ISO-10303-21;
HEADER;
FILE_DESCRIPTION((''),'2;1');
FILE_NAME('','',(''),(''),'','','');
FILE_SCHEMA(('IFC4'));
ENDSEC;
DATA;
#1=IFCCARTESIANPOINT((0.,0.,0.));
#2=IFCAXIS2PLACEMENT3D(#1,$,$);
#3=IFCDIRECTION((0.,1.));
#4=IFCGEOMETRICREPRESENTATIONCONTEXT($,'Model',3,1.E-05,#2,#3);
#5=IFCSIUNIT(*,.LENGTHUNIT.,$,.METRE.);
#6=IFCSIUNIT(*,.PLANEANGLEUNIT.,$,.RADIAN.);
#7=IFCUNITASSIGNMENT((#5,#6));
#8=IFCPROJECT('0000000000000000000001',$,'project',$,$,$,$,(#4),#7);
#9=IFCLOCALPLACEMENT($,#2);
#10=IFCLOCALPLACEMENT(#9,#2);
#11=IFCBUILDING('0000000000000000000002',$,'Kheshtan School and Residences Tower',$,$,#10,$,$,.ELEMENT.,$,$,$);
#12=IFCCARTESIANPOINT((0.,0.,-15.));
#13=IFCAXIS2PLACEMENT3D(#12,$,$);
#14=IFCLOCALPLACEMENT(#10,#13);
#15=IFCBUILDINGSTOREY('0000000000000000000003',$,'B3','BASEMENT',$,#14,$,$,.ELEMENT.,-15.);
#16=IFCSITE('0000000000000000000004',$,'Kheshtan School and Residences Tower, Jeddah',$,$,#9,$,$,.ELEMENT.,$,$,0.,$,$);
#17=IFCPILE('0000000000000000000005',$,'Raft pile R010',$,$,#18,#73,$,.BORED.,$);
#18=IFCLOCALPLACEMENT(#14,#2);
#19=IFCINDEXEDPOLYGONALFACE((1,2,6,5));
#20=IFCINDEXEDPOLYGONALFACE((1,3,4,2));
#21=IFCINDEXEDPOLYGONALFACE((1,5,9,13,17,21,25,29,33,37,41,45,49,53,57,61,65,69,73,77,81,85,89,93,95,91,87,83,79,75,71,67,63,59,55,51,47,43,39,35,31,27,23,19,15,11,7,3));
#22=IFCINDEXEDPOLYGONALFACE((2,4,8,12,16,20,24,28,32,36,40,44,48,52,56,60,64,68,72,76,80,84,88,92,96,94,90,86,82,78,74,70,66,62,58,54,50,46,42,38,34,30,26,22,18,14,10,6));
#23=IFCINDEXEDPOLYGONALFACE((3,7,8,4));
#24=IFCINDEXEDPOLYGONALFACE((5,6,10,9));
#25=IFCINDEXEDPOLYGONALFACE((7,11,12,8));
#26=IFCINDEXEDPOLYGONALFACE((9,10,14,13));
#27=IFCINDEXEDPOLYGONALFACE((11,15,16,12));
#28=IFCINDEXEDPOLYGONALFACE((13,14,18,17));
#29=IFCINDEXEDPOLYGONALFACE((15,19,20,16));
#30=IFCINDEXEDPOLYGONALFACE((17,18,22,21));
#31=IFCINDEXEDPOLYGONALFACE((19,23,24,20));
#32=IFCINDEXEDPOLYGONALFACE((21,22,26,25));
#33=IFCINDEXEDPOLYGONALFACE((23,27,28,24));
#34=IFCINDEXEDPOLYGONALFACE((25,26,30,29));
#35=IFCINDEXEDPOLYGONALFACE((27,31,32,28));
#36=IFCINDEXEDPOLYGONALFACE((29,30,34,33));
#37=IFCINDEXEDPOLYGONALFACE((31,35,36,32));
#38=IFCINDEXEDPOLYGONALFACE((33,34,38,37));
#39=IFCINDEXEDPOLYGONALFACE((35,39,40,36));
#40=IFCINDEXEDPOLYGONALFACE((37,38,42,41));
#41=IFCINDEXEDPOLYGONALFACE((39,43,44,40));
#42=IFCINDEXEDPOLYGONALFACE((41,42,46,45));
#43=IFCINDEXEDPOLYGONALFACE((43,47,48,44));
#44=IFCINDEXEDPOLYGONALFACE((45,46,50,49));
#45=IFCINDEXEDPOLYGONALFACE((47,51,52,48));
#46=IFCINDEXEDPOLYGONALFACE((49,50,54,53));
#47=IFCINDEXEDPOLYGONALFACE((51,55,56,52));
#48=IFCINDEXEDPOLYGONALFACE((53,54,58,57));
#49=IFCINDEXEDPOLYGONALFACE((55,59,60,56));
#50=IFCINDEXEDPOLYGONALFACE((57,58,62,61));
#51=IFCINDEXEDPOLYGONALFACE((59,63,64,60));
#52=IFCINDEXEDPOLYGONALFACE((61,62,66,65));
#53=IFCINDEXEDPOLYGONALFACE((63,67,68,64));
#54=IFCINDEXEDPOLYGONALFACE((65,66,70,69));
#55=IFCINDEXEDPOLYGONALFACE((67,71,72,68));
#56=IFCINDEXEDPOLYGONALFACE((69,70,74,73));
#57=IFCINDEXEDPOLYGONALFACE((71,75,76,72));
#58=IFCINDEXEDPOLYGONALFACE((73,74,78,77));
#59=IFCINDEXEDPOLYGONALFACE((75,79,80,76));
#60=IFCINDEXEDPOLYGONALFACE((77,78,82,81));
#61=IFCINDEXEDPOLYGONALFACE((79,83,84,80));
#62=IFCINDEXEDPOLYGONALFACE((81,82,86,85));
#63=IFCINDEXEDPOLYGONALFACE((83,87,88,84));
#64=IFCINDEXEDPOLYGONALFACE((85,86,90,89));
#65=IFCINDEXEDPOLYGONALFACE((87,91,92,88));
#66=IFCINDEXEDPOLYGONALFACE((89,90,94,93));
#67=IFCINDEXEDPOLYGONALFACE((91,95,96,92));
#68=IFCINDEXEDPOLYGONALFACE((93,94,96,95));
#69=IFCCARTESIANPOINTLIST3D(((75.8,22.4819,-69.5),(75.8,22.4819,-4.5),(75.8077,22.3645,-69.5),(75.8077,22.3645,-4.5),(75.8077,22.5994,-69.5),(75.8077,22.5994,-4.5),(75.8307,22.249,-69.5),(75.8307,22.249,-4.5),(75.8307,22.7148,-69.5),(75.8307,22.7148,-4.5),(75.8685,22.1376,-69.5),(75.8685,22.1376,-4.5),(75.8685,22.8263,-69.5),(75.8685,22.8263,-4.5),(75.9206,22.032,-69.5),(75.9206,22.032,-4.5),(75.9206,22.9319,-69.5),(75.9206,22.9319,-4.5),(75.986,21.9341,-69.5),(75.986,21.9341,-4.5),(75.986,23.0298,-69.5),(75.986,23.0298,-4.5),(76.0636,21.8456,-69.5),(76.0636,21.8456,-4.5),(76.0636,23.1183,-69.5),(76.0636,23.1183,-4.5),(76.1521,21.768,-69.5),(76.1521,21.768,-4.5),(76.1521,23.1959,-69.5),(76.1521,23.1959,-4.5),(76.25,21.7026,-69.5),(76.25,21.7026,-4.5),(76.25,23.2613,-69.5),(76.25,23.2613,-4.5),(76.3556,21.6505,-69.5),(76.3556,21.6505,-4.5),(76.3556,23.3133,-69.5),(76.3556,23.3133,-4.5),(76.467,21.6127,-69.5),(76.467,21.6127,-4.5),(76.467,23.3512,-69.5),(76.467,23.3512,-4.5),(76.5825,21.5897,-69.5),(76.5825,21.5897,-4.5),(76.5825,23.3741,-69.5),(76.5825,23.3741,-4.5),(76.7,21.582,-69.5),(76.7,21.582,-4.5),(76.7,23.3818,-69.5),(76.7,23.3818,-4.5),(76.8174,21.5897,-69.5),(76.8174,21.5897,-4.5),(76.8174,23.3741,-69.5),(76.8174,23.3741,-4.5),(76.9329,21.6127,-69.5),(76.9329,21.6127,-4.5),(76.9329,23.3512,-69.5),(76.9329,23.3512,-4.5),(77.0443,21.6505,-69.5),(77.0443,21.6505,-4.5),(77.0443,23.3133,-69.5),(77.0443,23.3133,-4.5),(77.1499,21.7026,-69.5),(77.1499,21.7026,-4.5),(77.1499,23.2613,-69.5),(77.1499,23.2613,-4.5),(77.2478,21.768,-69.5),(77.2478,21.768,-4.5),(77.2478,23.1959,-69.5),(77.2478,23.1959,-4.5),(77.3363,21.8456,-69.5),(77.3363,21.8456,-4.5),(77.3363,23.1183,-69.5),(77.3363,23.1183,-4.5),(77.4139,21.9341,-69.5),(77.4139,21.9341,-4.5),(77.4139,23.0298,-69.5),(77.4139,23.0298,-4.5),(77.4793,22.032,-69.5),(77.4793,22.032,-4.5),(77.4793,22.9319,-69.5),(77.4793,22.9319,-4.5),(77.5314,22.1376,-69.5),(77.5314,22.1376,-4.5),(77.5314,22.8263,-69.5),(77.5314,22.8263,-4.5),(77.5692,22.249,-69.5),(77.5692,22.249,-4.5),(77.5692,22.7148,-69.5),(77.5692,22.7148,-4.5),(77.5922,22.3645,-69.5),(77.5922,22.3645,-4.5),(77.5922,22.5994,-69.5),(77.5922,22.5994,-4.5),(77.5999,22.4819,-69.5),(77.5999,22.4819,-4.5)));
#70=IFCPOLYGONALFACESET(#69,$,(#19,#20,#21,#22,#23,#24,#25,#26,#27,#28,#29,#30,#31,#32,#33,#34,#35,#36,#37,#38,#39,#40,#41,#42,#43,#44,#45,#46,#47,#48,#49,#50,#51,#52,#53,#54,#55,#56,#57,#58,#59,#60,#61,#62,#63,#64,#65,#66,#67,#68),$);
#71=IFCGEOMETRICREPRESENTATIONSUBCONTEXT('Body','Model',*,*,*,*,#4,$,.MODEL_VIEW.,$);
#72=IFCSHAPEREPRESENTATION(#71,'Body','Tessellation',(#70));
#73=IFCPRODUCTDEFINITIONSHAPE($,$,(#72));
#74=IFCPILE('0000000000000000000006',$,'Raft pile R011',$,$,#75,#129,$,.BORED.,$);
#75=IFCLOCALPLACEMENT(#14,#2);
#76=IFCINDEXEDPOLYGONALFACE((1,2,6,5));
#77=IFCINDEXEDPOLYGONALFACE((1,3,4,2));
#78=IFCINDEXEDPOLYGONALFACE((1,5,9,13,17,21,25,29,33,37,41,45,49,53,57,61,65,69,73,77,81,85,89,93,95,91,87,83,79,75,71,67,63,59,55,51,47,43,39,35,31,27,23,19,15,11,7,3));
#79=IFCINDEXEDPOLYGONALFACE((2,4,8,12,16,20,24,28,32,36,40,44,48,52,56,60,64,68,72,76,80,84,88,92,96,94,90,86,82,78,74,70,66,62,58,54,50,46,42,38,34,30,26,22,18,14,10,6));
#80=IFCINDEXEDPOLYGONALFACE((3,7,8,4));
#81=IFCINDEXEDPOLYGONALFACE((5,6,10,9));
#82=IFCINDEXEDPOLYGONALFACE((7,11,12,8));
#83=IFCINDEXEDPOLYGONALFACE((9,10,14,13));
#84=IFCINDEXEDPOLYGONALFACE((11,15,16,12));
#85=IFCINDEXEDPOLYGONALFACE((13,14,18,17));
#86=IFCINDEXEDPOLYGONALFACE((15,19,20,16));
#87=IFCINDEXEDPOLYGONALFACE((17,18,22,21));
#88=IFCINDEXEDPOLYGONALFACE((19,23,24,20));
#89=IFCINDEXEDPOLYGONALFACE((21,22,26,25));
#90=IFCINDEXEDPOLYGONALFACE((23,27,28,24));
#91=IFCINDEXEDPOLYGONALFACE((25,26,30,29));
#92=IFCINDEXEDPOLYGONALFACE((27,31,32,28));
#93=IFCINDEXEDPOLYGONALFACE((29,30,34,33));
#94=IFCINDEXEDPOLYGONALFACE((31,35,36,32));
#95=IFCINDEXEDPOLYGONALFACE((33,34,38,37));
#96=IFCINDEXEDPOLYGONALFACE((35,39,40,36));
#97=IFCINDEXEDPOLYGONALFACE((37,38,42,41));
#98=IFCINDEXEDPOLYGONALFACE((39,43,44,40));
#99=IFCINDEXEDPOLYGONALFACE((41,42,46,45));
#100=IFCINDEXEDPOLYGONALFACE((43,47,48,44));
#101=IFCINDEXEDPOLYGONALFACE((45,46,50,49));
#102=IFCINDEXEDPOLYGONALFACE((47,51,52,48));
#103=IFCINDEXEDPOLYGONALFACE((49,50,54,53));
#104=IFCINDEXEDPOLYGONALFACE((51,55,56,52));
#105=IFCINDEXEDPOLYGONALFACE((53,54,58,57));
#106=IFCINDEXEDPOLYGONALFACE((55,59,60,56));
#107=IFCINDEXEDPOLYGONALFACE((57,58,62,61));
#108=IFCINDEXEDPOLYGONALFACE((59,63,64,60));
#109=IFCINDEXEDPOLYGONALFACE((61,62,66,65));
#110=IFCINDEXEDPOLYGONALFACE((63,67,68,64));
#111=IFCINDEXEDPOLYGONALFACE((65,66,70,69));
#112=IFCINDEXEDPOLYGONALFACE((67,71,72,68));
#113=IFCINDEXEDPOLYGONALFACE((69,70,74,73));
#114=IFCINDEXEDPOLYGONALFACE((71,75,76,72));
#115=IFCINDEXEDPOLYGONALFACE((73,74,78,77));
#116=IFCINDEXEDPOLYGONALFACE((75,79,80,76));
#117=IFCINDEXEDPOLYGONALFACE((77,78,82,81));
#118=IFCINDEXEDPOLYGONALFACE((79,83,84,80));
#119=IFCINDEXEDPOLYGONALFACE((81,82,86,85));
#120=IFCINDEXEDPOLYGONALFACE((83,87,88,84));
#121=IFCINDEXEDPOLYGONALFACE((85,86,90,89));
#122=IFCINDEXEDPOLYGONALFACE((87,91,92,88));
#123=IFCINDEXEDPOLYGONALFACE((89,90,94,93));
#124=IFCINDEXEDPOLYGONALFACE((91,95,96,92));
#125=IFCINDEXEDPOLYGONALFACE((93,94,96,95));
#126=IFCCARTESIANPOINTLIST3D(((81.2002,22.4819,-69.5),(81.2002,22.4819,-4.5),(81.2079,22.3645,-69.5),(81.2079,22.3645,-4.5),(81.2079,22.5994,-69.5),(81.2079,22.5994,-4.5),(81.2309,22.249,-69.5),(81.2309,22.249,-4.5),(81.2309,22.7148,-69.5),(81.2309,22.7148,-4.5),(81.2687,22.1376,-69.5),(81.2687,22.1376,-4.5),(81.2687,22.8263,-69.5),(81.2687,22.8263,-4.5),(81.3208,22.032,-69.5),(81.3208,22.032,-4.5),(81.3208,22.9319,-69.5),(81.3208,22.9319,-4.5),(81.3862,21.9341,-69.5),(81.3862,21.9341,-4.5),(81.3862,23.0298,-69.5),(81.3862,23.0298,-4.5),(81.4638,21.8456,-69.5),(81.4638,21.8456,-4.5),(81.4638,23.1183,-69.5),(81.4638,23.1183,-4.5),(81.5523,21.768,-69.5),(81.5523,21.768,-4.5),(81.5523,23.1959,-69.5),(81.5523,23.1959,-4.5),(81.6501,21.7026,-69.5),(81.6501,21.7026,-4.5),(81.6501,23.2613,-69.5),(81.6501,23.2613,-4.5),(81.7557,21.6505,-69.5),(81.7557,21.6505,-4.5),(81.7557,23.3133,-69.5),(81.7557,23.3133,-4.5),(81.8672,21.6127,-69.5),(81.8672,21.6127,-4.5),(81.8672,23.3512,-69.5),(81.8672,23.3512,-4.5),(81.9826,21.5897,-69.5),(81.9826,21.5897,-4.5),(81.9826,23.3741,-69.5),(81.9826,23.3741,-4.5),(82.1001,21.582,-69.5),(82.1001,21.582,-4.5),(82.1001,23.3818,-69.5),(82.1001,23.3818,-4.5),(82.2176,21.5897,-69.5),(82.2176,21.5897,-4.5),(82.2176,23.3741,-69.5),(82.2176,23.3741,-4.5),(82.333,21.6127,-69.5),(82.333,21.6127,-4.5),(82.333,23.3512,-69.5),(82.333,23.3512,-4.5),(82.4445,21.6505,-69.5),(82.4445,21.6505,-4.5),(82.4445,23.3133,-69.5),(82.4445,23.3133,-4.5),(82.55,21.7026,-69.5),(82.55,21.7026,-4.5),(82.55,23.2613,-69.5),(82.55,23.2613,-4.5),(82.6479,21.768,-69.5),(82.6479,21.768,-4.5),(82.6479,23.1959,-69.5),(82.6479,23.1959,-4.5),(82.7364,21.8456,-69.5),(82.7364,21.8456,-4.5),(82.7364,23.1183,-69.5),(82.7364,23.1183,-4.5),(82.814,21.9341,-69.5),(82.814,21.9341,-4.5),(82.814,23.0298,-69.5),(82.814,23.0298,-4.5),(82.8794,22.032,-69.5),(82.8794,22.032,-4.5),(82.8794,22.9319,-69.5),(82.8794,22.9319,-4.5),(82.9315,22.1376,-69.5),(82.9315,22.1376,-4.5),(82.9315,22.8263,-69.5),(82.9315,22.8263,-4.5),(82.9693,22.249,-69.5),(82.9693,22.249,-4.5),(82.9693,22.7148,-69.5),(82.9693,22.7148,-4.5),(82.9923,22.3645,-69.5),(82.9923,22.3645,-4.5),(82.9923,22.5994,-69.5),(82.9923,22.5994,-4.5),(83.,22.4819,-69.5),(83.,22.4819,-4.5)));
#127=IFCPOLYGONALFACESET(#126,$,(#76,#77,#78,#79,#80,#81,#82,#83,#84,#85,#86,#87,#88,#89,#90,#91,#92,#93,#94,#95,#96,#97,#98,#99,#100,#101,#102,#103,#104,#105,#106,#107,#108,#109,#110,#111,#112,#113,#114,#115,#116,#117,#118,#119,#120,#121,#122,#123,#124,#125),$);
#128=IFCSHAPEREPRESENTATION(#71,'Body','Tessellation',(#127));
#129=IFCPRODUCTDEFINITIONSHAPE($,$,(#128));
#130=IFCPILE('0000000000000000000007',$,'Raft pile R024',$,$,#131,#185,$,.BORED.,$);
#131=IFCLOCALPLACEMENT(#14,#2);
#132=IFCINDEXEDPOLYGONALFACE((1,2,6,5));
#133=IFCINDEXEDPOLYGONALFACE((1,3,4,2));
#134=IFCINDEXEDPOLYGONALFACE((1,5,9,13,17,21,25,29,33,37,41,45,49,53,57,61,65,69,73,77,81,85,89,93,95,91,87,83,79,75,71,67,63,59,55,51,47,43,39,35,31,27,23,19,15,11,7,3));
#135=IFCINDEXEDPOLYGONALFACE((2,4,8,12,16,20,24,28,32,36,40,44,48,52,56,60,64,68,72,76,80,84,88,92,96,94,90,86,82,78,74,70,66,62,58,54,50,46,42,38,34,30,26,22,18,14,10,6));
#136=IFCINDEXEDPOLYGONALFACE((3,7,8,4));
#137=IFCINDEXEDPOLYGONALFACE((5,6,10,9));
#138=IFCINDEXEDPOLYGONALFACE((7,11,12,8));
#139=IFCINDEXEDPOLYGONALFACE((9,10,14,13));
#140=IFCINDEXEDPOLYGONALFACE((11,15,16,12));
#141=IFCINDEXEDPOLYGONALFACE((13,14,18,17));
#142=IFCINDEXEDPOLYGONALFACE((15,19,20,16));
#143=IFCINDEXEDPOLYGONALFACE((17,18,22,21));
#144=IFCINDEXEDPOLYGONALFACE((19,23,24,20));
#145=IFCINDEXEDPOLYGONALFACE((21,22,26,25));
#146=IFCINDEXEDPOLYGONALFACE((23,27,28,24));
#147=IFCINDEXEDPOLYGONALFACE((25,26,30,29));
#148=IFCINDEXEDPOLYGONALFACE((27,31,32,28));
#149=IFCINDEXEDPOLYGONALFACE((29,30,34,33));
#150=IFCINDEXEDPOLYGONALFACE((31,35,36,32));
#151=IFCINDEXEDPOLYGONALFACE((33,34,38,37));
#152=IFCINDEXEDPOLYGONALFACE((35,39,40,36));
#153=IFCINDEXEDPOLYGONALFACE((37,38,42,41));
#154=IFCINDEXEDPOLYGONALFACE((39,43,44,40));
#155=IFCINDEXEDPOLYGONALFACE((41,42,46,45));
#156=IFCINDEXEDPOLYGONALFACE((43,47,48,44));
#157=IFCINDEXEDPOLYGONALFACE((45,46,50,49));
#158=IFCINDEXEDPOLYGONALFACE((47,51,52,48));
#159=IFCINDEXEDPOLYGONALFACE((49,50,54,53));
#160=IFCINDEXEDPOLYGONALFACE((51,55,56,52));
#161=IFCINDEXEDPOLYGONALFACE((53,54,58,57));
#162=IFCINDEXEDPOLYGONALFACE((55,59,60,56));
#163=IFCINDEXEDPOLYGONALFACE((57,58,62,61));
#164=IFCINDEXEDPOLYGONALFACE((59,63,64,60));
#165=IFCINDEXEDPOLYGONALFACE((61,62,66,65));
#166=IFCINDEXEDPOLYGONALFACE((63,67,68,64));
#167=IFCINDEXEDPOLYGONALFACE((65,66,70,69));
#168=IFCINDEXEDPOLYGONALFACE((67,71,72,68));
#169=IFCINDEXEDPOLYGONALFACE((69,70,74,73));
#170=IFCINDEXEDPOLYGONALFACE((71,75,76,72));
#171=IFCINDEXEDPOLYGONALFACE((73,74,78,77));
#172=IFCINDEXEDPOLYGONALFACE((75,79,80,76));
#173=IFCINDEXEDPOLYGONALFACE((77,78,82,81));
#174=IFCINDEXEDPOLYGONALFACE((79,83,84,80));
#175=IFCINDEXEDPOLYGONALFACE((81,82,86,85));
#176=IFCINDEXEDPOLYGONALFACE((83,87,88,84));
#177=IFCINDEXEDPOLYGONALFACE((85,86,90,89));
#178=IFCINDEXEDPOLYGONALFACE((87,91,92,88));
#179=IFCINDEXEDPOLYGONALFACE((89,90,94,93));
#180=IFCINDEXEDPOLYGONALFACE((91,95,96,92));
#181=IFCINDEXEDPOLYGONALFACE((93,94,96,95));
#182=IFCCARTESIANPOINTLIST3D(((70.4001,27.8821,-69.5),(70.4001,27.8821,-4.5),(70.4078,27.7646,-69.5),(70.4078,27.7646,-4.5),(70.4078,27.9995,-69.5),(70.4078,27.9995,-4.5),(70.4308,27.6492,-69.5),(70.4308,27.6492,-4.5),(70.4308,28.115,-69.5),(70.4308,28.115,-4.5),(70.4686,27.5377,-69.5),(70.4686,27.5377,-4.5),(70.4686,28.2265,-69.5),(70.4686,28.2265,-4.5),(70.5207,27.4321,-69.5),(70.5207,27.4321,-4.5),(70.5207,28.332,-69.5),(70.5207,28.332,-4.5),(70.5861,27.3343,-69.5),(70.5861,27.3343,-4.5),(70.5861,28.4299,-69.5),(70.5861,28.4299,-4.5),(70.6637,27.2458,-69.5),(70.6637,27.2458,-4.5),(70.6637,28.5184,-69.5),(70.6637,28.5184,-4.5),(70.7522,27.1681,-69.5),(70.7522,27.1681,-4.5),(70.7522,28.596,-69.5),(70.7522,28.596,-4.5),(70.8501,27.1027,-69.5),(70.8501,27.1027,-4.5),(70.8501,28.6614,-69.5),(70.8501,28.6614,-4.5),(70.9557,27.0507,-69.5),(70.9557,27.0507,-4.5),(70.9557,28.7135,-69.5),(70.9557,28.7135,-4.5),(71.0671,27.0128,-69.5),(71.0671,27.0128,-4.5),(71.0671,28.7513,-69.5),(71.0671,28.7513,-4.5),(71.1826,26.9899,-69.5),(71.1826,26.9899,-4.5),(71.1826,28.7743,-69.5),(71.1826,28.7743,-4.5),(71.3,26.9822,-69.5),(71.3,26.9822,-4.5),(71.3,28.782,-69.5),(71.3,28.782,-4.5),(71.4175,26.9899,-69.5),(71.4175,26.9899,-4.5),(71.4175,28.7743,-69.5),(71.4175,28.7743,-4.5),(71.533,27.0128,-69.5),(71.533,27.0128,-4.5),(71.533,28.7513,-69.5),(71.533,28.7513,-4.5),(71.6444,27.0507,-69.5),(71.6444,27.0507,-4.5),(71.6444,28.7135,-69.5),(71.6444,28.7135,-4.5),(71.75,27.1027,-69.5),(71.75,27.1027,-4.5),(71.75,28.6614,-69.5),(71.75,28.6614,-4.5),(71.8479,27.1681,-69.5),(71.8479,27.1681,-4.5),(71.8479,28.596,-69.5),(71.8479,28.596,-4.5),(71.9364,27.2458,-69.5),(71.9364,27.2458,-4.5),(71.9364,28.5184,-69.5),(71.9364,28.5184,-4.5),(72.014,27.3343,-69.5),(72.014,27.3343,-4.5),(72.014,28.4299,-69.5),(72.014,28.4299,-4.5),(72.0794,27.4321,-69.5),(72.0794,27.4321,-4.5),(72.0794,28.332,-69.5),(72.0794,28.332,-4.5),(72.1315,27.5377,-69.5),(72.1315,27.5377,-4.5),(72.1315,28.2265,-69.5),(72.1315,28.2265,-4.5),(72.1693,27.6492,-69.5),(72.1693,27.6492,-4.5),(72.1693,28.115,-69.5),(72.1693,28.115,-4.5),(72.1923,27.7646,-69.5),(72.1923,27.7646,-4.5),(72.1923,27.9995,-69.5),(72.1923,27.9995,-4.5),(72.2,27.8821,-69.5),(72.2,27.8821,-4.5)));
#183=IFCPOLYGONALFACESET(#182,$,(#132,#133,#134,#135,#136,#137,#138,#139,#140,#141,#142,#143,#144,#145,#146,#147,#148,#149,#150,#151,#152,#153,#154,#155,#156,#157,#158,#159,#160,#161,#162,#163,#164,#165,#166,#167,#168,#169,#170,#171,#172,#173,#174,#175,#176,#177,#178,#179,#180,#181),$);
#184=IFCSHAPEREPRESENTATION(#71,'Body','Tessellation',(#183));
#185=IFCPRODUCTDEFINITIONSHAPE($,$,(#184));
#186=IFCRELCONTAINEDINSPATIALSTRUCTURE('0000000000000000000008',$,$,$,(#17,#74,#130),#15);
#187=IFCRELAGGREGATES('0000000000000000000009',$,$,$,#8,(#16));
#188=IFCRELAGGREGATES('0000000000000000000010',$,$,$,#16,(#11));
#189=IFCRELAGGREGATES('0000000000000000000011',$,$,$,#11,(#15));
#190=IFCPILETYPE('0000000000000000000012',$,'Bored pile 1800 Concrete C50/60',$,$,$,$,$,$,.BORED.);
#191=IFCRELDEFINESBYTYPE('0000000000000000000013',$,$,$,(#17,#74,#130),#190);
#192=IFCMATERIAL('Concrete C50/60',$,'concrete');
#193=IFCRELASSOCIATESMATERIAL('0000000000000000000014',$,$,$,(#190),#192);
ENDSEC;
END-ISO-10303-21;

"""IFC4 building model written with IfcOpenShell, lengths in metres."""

from ifc_helpers import new_model, si_unit, direction, frame, origin, origin_2d, place, context, subcontext, project, spatial, circle, extrude, material, material_profile, profile_set, type_object, element, save


model = new_model("IFC4")

# Units and contexts
model_context = context("Model", 3, precision=1e-05, world=origin(), true_north=direction((0.0, 1.0)))
body_context = subcontext(model_context, "Body", "Model", "MODEL_VIEW")
ifc_project = project(units=[si_unit("LENGTHUNIT", "METRE"), si_unit("PLANEANGLEUNIT", "RADIAN")], contexts=[model_context])

# Site, building, storey
site_placement = place(None, origin())
site = spatial("IfcSite", under=ifc_project, at=site_placement, Name="Kheshtan School and Residences Tower, Jeddah", CompositionType="ELEMENT", RefElevation=0.0)
building_placement = place(site_placement, origin())
building = spatial("IfcBuilding", under=site, at=building_placement, Name="Kheshtan School and Residences Tower", CompositionType="ELEMENT")
storey_placement = place(building_placement, frame((0.0, 0.0, -15.0)))
storey = spatial("IfcBuildingStorey", under=building, at=storey_placement, Name="B3", Description="BASEMENT", CompositionType="ELEMENT", Elevation=-15.0)

# Piles
ifc_material_1 = material(Name="Concrete C50/60", Category="concrete")
ifc_material_profile_1 = material_profile(ifc_material_1, circle(Radius=0.8999, at=origin_2d()), Name="BP 1800")
ifc_profile_set_1 = profile_set([ifc_material_profile_1], Name="Concrete C50/60")
pile_type_1 = type_object("IfcPileType", Name="Bored pile 1800 Concrete C50/60", PredefinedType="BORED", material=ifc_profile_set_1)
for number, where, z_axis, x_axis, name in (
    (1, (76.7, 22.4819, -4.5), (0.0, 0.0, -1.0), (1.0, 0.0, 0.0), "Raft pile R010"),
    (2, (82.1001, 22.4819, -4.5), (0.0, 0.0, -1.0), (1.0, 0.0, 0.0), "Raft pile R011"),
    (3, (71.3, 27.8821, -4.5), (0.0, 0.0, -1.0), (1.0, 0.0, 0.0), "Raft pile R024"),
):
    element("IfcPile", number, at=place(storey_placement, frame(where, z_axis=z_axis, x_axis=x_axis)), inside=storey, type_object=pile_type_1, Name=name, PredefinedType="BORED", context=body_context, shape_type="SweptSolid", body=[
        extrude(circle(Radius=0.8999, at=origin_2d()), origin(), (0.0, 0.0, 1.0), 65.0),
    ])

save(model, "model.ifc")
